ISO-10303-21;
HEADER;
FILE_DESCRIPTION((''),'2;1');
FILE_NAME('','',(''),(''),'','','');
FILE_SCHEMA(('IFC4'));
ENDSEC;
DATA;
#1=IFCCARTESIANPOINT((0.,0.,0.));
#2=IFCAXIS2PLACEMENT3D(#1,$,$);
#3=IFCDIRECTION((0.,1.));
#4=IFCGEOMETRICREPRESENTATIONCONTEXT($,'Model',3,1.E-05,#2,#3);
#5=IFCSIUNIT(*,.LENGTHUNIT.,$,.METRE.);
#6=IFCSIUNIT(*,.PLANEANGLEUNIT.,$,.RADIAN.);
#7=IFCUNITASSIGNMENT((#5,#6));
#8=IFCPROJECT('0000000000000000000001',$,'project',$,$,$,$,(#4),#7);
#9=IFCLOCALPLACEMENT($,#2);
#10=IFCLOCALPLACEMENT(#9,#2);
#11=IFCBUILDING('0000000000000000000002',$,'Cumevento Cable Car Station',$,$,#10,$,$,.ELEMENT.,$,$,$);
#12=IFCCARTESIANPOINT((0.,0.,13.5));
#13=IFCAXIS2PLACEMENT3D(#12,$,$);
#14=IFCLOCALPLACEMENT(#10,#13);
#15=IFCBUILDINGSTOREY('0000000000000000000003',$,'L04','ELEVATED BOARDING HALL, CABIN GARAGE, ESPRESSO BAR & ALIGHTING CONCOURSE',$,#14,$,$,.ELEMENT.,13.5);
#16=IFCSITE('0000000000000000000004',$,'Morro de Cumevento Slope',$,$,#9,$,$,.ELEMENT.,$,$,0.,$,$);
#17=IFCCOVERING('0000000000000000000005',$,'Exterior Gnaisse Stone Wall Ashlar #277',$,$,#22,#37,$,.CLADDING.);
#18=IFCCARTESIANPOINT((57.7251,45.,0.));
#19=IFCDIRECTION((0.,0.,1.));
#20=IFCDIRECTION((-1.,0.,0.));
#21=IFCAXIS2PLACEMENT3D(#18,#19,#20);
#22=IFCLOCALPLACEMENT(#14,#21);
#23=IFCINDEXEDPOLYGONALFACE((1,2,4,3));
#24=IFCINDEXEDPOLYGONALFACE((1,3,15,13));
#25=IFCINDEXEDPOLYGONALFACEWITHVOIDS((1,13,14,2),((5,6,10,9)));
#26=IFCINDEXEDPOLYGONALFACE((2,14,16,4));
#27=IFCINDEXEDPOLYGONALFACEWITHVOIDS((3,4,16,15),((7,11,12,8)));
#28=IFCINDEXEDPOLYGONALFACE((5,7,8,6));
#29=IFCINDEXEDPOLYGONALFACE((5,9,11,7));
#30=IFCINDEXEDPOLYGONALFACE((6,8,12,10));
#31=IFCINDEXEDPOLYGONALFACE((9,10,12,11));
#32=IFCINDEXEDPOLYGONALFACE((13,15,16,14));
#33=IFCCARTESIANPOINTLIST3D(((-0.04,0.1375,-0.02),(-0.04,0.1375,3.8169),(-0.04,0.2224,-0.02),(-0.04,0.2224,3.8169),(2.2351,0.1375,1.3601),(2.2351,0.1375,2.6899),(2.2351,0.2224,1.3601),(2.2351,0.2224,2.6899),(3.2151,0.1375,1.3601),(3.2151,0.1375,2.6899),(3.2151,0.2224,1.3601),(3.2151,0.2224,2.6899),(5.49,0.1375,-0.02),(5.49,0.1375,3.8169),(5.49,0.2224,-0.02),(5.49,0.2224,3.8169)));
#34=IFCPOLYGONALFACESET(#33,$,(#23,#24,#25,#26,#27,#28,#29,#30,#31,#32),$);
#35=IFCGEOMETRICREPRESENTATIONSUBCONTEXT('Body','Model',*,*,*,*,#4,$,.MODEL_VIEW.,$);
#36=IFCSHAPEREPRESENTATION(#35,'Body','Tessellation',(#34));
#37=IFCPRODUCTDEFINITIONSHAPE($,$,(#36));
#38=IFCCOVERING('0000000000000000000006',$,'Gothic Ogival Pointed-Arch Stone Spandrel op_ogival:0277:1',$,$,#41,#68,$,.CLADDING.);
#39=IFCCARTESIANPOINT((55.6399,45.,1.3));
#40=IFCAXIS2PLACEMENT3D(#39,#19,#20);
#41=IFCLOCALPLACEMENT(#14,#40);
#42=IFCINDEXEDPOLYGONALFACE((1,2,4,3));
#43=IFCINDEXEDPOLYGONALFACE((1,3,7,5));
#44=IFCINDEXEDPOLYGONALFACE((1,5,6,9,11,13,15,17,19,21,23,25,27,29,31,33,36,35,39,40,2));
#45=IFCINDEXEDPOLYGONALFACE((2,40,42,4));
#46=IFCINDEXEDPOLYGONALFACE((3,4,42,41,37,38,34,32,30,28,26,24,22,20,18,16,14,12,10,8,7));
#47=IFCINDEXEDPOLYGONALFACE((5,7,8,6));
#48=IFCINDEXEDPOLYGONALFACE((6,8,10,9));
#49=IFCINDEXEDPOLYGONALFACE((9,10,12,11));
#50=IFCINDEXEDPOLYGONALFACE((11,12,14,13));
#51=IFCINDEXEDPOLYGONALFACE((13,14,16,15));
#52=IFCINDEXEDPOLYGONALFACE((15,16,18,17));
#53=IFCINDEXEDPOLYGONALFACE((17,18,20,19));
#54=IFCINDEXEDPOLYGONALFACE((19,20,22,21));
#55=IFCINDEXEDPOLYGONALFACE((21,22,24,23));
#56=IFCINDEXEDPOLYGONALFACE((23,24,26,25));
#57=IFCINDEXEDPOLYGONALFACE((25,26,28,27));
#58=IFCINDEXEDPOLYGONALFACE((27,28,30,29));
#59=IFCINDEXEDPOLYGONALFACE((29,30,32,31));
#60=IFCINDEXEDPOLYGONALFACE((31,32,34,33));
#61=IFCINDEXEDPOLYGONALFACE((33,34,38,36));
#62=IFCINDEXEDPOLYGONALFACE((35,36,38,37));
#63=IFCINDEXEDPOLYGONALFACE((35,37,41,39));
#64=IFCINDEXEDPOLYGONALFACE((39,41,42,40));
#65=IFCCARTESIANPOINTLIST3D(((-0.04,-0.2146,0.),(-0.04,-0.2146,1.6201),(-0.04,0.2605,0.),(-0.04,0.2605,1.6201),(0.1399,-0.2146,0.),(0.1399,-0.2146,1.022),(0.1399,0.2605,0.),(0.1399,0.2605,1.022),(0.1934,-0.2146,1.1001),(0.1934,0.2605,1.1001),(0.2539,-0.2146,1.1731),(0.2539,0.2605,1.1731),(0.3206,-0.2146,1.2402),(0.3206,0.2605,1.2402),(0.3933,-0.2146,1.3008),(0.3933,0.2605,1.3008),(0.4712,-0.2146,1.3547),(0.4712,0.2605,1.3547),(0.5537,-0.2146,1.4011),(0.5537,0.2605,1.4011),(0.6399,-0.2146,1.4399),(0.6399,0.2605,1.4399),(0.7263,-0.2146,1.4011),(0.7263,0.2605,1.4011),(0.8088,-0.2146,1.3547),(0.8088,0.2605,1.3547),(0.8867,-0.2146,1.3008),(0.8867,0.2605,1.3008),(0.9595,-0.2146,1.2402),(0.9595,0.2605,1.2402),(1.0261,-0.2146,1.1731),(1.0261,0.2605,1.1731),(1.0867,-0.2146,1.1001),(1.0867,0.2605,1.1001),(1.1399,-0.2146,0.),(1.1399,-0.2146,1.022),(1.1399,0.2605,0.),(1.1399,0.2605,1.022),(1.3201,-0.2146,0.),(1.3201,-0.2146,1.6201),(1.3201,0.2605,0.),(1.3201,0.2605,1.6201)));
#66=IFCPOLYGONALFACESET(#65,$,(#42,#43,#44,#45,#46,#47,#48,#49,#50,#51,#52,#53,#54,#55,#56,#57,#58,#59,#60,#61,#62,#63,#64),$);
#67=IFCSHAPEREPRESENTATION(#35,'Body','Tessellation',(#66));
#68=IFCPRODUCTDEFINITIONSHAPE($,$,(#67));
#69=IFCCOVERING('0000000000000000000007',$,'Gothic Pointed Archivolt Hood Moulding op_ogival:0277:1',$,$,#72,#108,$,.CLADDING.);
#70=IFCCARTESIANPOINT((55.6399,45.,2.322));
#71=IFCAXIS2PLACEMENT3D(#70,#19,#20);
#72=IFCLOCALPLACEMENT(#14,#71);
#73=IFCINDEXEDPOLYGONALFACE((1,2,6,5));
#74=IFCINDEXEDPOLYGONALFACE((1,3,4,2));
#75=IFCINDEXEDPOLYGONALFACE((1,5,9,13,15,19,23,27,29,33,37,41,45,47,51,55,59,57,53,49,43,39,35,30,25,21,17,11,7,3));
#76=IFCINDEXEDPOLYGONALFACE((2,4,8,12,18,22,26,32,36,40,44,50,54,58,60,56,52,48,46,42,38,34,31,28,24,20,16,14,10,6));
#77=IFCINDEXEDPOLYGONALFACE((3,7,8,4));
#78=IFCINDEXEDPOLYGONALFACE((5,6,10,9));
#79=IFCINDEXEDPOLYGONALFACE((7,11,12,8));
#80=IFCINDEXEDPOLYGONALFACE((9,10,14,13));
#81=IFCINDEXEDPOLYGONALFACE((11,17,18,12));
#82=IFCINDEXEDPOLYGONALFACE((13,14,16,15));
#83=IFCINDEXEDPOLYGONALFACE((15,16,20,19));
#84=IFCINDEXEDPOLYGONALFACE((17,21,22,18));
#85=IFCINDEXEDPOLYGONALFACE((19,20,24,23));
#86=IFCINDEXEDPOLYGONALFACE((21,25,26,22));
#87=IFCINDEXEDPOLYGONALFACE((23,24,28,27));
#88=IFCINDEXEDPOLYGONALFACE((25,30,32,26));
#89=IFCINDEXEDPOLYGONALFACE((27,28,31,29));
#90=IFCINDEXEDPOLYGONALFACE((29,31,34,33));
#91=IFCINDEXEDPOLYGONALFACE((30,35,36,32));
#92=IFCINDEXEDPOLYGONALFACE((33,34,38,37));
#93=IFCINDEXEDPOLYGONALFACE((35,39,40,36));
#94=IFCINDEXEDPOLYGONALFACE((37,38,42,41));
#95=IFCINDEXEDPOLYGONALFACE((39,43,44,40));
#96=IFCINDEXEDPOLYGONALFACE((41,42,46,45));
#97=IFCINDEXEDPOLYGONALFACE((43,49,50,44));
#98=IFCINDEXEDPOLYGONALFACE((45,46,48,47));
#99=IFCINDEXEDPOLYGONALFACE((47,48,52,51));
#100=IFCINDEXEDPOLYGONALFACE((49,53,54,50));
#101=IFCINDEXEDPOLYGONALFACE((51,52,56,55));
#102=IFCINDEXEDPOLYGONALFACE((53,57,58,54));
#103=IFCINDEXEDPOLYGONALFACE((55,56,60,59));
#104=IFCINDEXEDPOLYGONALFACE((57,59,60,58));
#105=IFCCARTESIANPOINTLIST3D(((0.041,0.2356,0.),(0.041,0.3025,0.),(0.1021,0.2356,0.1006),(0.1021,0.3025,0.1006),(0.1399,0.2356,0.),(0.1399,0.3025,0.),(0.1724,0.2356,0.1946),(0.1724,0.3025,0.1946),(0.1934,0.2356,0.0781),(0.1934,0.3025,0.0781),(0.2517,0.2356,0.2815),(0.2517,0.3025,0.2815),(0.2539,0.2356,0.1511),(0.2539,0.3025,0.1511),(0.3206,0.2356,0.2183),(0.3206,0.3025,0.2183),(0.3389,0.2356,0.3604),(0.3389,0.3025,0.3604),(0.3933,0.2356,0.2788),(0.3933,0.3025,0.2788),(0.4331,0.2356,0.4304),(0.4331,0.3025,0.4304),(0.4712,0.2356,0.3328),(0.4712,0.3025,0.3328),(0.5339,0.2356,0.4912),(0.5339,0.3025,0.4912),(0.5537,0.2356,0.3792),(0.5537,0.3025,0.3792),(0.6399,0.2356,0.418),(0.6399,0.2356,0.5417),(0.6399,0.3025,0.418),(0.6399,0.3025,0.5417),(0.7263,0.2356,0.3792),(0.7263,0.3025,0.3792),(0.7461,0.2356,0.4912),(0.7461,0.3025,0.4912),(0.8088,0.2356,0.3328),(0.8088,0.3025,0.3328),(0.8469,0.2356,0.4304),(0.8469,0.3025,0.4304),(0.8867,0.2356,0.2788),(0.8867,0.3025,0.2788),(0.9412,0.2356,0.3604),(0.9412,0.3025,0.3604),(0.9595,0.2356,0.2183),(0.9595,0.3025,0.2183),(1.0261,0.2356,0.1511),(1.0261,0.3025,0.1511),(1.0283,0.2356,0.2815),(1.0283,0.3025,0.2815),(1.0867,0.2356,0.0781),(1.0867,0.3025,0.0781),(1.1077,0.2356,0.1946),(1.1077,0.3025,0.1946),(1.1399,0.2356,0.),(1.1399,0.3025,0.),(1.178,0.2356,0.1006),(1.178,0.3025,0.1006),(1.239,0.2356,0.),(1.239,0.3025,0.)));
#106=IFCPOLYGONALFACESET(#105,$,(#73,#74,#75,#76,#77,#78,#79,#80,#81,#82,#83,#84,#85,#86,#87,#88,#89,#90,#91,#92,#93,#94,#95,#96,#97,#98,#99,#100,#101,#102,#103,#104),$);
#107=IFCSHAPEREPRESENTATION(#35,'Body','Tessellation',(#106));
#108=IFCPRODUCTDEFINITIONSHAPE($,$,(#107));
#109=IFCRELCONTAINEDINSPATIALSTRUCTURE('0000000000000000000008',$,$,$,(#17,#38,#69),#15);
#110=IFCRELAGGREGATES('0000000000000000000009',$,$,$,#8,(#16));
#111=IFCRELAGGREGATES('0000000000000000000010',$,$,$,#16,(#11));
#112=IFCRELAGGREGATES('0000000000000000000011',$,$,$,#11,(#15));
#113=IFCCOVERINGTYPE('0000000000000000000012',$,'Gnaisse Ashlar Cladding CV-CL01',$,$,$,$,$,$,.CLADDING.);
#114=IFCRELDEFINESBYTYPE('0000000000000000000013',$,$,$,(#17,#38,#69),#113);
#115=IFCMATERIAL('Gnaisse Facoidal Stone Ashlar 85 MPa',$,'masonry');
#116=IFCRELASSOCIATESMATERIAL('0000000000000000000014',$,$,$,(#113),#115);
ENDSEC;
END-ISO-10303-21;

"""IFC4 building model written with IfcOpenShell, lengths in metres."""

from ifc_helpers import new_model, si_unit, direction, frame, origin, place, context, subcontext, project, spatial, polyline, outline, extrude, material, type_object, element, save


model = new_model("IFC4")

# Units and contexts
model_context = context("Model", 3, precision=1e-05, world=origin(), true_north=direction((0.0, 1.0)))
body_context = subcontext(model_context, "Body", "Model", "MODEL_VIEW")
ifc_project = project(units=[si_unit("LENGTHUNIT", "METRE"), si_unit("PLANEANGLEUNIT", "RADIAN")], contexts=[model_context])

# Site, building, storey
site_placement = place(None, origin())
site = spatial("IfcSite", under=ifc_project, at=site_placement, Name="Morro de Cumevento Slope", CompositionType="ELEMENT", RefElevation=0.0)
building_placement = place(site_placement, origin())
building = spatial("IfcBuilding", under=site, at=building_placement, Name="Cumevento Cable Car Station", CompositionType="ELEMENT")
storey_placement = place(building_placement, frame((0.0, 0.0, 13.5)))
storey = spatial("IfcBuildingStorey", under=building, at=storey_placement, Name="L04", Description="ELEVATED BOARDING HALL, CABIN GARAGE, ESPRESSO BAR & ALIGHTING CONCOURSE", CompositionType="ELEMENT", Elevation=13.5)

# Coverings
ifc_material_1 = material(Name="Gnaisse Facoidal Stone Ashlar 85 MPa", Category="masonry")
covering_type = type_object("IfcCoveringType", Name="Gnaisse Ashlar Cladding CV-CL01", PredefinedType="CLADDING", material=ifc_material_1)
covering_1_placement = place(storey_placement, frame((57.7251, 45.0, 0.0), z_axis=(0.0, 0.0, 1.0), x_axis=(-1.0, 0.0, 0.0)))
element("IfcCovering", 1, at=covering_1_placement, inside=storey, type_object=covering_type, Name="Exterior Gnaisse Stone Wall Ashlar #277", PredefinedType="CLADDING", context=body_context, shape_type="SweptSolid", body=[
    extrude(outline(polyline([(-0.04, -0.02), (5.49, -0.02), (5.49, 3.8169), (-0.04, 3.8169), (-0.04, -0.02)]), holes=[polyline([(2.2351, 1.3601), (3.2151, 1.3601), (3.2151, 2.6899), (2.2351, 2.6899), (2.2351, 1.3601)])]), frame((0.0, 0.2224, 0.0), z_axis=(0.0, -1.0, 0.0), x_axis=(1.0, 0.0, 0.0)), (0.0, 0.0, 1.0), 0.085),
])
covering_2_placement = place(storey_placement, frame((55.6399, 45.0, 1.3), z_axis=(0.0, 0.0, 1.0), x_axis=(-1.0, 0.0, 0.0)))
element("IfcCovering", 2, at=covering_2_placement, inside=storey, type_object=covering_type, Name="Gothic Ogival Pointed-Arch Stone Spandrel op_ogival:0277:1", PredefinedType="CLADDING", context=body_context, shape_type="SweptSolid", body=[
    extrude(outline(polyline([(-0.04, 0.0), (-0.04, 1.6201), (1.3201, 1.6201), (1.3201, 0.0), (1.1399, 0.0), (1.1399, 1.022), (1.0867, 1.1001), (1.0261, 1.1731), (0.9595, 1.2402), (0.8867, 1.3008), (0.8088, 1.3547), (0.7263, 1.4011), (0.6399, 1.4399), (0.5537, 1.4011), (0.4712, 1.3547), (0.3933, 1.3008), (0.3206, 1.2402), (0.2539, 1.1731), (0.1934, 1.1001), (0.1399, 1.022), (0.1399, 0.0), (-0.04, 0.0)])), frame((0.0, 0.2605, 0.0), z_axis=(0.0, -1.0, 0.0), x_axis=(1.0, 0.0, 0.0)), (0.0, 0.0, 1.0), 0.4751),
])
covering_3_placement = place(storey_placement, frame((55.6399, 45.0, 2.322), z_axis=(0.0, 0.0, 1.0), x_axis=(-1.0, 0.0, 0.0)))
element("IfcCovering", 3, at=covering_3_placement, inside=storey, type_object=covering_type, Name="Gothic Pointed Archivolt Hood Moulding op_ogival:0277:1", PredefinedType="CLADDING", context=body_context, shape_type="SweptSolid", body=[
    extrude(outline(polyline([(0.1399, 0.0), (0.1934, 0.0781), (0.2539, 0.1511), (0.3206, 0.2183), (0.3933, 0.2788), (0.4712, 0.3328), (0.5537, 0.3792), (0.6399, 0.418), (0.7263, 0.3792), (0.8088, 0.3328), (0.8867, 0.2788), (0.9595, 0.2183), (1.0261, 0.1511), (1.0867, 0.0781), (1.1399, 0.0), (1.239, 0.0), (1.178, 0.1006), (1.1077, 0.1946), (1.0283, 0.2815), (0.9412, 0.3604), (0.8469, 0.4304), (0.7461, 0.4912), (0.6399, 0.5417), (0.5339, 0.4912), (0.4331, 0.4304), (0.3389, 0.3604), (0.2517, 0.2815), (0.1724, 0.1946), (0.1021, 0.1006), (0.041, 0.0), (0.1399, 0.0)])), frame((0.0, 0.3025, 0.0), z_axis=(0.0, -1.0, 0.0), x_axis=(1.0, 0.0, 0.0)), (0.0, 0.0, 1.0), 0.0669),
])

save(model, "model.ifc")
